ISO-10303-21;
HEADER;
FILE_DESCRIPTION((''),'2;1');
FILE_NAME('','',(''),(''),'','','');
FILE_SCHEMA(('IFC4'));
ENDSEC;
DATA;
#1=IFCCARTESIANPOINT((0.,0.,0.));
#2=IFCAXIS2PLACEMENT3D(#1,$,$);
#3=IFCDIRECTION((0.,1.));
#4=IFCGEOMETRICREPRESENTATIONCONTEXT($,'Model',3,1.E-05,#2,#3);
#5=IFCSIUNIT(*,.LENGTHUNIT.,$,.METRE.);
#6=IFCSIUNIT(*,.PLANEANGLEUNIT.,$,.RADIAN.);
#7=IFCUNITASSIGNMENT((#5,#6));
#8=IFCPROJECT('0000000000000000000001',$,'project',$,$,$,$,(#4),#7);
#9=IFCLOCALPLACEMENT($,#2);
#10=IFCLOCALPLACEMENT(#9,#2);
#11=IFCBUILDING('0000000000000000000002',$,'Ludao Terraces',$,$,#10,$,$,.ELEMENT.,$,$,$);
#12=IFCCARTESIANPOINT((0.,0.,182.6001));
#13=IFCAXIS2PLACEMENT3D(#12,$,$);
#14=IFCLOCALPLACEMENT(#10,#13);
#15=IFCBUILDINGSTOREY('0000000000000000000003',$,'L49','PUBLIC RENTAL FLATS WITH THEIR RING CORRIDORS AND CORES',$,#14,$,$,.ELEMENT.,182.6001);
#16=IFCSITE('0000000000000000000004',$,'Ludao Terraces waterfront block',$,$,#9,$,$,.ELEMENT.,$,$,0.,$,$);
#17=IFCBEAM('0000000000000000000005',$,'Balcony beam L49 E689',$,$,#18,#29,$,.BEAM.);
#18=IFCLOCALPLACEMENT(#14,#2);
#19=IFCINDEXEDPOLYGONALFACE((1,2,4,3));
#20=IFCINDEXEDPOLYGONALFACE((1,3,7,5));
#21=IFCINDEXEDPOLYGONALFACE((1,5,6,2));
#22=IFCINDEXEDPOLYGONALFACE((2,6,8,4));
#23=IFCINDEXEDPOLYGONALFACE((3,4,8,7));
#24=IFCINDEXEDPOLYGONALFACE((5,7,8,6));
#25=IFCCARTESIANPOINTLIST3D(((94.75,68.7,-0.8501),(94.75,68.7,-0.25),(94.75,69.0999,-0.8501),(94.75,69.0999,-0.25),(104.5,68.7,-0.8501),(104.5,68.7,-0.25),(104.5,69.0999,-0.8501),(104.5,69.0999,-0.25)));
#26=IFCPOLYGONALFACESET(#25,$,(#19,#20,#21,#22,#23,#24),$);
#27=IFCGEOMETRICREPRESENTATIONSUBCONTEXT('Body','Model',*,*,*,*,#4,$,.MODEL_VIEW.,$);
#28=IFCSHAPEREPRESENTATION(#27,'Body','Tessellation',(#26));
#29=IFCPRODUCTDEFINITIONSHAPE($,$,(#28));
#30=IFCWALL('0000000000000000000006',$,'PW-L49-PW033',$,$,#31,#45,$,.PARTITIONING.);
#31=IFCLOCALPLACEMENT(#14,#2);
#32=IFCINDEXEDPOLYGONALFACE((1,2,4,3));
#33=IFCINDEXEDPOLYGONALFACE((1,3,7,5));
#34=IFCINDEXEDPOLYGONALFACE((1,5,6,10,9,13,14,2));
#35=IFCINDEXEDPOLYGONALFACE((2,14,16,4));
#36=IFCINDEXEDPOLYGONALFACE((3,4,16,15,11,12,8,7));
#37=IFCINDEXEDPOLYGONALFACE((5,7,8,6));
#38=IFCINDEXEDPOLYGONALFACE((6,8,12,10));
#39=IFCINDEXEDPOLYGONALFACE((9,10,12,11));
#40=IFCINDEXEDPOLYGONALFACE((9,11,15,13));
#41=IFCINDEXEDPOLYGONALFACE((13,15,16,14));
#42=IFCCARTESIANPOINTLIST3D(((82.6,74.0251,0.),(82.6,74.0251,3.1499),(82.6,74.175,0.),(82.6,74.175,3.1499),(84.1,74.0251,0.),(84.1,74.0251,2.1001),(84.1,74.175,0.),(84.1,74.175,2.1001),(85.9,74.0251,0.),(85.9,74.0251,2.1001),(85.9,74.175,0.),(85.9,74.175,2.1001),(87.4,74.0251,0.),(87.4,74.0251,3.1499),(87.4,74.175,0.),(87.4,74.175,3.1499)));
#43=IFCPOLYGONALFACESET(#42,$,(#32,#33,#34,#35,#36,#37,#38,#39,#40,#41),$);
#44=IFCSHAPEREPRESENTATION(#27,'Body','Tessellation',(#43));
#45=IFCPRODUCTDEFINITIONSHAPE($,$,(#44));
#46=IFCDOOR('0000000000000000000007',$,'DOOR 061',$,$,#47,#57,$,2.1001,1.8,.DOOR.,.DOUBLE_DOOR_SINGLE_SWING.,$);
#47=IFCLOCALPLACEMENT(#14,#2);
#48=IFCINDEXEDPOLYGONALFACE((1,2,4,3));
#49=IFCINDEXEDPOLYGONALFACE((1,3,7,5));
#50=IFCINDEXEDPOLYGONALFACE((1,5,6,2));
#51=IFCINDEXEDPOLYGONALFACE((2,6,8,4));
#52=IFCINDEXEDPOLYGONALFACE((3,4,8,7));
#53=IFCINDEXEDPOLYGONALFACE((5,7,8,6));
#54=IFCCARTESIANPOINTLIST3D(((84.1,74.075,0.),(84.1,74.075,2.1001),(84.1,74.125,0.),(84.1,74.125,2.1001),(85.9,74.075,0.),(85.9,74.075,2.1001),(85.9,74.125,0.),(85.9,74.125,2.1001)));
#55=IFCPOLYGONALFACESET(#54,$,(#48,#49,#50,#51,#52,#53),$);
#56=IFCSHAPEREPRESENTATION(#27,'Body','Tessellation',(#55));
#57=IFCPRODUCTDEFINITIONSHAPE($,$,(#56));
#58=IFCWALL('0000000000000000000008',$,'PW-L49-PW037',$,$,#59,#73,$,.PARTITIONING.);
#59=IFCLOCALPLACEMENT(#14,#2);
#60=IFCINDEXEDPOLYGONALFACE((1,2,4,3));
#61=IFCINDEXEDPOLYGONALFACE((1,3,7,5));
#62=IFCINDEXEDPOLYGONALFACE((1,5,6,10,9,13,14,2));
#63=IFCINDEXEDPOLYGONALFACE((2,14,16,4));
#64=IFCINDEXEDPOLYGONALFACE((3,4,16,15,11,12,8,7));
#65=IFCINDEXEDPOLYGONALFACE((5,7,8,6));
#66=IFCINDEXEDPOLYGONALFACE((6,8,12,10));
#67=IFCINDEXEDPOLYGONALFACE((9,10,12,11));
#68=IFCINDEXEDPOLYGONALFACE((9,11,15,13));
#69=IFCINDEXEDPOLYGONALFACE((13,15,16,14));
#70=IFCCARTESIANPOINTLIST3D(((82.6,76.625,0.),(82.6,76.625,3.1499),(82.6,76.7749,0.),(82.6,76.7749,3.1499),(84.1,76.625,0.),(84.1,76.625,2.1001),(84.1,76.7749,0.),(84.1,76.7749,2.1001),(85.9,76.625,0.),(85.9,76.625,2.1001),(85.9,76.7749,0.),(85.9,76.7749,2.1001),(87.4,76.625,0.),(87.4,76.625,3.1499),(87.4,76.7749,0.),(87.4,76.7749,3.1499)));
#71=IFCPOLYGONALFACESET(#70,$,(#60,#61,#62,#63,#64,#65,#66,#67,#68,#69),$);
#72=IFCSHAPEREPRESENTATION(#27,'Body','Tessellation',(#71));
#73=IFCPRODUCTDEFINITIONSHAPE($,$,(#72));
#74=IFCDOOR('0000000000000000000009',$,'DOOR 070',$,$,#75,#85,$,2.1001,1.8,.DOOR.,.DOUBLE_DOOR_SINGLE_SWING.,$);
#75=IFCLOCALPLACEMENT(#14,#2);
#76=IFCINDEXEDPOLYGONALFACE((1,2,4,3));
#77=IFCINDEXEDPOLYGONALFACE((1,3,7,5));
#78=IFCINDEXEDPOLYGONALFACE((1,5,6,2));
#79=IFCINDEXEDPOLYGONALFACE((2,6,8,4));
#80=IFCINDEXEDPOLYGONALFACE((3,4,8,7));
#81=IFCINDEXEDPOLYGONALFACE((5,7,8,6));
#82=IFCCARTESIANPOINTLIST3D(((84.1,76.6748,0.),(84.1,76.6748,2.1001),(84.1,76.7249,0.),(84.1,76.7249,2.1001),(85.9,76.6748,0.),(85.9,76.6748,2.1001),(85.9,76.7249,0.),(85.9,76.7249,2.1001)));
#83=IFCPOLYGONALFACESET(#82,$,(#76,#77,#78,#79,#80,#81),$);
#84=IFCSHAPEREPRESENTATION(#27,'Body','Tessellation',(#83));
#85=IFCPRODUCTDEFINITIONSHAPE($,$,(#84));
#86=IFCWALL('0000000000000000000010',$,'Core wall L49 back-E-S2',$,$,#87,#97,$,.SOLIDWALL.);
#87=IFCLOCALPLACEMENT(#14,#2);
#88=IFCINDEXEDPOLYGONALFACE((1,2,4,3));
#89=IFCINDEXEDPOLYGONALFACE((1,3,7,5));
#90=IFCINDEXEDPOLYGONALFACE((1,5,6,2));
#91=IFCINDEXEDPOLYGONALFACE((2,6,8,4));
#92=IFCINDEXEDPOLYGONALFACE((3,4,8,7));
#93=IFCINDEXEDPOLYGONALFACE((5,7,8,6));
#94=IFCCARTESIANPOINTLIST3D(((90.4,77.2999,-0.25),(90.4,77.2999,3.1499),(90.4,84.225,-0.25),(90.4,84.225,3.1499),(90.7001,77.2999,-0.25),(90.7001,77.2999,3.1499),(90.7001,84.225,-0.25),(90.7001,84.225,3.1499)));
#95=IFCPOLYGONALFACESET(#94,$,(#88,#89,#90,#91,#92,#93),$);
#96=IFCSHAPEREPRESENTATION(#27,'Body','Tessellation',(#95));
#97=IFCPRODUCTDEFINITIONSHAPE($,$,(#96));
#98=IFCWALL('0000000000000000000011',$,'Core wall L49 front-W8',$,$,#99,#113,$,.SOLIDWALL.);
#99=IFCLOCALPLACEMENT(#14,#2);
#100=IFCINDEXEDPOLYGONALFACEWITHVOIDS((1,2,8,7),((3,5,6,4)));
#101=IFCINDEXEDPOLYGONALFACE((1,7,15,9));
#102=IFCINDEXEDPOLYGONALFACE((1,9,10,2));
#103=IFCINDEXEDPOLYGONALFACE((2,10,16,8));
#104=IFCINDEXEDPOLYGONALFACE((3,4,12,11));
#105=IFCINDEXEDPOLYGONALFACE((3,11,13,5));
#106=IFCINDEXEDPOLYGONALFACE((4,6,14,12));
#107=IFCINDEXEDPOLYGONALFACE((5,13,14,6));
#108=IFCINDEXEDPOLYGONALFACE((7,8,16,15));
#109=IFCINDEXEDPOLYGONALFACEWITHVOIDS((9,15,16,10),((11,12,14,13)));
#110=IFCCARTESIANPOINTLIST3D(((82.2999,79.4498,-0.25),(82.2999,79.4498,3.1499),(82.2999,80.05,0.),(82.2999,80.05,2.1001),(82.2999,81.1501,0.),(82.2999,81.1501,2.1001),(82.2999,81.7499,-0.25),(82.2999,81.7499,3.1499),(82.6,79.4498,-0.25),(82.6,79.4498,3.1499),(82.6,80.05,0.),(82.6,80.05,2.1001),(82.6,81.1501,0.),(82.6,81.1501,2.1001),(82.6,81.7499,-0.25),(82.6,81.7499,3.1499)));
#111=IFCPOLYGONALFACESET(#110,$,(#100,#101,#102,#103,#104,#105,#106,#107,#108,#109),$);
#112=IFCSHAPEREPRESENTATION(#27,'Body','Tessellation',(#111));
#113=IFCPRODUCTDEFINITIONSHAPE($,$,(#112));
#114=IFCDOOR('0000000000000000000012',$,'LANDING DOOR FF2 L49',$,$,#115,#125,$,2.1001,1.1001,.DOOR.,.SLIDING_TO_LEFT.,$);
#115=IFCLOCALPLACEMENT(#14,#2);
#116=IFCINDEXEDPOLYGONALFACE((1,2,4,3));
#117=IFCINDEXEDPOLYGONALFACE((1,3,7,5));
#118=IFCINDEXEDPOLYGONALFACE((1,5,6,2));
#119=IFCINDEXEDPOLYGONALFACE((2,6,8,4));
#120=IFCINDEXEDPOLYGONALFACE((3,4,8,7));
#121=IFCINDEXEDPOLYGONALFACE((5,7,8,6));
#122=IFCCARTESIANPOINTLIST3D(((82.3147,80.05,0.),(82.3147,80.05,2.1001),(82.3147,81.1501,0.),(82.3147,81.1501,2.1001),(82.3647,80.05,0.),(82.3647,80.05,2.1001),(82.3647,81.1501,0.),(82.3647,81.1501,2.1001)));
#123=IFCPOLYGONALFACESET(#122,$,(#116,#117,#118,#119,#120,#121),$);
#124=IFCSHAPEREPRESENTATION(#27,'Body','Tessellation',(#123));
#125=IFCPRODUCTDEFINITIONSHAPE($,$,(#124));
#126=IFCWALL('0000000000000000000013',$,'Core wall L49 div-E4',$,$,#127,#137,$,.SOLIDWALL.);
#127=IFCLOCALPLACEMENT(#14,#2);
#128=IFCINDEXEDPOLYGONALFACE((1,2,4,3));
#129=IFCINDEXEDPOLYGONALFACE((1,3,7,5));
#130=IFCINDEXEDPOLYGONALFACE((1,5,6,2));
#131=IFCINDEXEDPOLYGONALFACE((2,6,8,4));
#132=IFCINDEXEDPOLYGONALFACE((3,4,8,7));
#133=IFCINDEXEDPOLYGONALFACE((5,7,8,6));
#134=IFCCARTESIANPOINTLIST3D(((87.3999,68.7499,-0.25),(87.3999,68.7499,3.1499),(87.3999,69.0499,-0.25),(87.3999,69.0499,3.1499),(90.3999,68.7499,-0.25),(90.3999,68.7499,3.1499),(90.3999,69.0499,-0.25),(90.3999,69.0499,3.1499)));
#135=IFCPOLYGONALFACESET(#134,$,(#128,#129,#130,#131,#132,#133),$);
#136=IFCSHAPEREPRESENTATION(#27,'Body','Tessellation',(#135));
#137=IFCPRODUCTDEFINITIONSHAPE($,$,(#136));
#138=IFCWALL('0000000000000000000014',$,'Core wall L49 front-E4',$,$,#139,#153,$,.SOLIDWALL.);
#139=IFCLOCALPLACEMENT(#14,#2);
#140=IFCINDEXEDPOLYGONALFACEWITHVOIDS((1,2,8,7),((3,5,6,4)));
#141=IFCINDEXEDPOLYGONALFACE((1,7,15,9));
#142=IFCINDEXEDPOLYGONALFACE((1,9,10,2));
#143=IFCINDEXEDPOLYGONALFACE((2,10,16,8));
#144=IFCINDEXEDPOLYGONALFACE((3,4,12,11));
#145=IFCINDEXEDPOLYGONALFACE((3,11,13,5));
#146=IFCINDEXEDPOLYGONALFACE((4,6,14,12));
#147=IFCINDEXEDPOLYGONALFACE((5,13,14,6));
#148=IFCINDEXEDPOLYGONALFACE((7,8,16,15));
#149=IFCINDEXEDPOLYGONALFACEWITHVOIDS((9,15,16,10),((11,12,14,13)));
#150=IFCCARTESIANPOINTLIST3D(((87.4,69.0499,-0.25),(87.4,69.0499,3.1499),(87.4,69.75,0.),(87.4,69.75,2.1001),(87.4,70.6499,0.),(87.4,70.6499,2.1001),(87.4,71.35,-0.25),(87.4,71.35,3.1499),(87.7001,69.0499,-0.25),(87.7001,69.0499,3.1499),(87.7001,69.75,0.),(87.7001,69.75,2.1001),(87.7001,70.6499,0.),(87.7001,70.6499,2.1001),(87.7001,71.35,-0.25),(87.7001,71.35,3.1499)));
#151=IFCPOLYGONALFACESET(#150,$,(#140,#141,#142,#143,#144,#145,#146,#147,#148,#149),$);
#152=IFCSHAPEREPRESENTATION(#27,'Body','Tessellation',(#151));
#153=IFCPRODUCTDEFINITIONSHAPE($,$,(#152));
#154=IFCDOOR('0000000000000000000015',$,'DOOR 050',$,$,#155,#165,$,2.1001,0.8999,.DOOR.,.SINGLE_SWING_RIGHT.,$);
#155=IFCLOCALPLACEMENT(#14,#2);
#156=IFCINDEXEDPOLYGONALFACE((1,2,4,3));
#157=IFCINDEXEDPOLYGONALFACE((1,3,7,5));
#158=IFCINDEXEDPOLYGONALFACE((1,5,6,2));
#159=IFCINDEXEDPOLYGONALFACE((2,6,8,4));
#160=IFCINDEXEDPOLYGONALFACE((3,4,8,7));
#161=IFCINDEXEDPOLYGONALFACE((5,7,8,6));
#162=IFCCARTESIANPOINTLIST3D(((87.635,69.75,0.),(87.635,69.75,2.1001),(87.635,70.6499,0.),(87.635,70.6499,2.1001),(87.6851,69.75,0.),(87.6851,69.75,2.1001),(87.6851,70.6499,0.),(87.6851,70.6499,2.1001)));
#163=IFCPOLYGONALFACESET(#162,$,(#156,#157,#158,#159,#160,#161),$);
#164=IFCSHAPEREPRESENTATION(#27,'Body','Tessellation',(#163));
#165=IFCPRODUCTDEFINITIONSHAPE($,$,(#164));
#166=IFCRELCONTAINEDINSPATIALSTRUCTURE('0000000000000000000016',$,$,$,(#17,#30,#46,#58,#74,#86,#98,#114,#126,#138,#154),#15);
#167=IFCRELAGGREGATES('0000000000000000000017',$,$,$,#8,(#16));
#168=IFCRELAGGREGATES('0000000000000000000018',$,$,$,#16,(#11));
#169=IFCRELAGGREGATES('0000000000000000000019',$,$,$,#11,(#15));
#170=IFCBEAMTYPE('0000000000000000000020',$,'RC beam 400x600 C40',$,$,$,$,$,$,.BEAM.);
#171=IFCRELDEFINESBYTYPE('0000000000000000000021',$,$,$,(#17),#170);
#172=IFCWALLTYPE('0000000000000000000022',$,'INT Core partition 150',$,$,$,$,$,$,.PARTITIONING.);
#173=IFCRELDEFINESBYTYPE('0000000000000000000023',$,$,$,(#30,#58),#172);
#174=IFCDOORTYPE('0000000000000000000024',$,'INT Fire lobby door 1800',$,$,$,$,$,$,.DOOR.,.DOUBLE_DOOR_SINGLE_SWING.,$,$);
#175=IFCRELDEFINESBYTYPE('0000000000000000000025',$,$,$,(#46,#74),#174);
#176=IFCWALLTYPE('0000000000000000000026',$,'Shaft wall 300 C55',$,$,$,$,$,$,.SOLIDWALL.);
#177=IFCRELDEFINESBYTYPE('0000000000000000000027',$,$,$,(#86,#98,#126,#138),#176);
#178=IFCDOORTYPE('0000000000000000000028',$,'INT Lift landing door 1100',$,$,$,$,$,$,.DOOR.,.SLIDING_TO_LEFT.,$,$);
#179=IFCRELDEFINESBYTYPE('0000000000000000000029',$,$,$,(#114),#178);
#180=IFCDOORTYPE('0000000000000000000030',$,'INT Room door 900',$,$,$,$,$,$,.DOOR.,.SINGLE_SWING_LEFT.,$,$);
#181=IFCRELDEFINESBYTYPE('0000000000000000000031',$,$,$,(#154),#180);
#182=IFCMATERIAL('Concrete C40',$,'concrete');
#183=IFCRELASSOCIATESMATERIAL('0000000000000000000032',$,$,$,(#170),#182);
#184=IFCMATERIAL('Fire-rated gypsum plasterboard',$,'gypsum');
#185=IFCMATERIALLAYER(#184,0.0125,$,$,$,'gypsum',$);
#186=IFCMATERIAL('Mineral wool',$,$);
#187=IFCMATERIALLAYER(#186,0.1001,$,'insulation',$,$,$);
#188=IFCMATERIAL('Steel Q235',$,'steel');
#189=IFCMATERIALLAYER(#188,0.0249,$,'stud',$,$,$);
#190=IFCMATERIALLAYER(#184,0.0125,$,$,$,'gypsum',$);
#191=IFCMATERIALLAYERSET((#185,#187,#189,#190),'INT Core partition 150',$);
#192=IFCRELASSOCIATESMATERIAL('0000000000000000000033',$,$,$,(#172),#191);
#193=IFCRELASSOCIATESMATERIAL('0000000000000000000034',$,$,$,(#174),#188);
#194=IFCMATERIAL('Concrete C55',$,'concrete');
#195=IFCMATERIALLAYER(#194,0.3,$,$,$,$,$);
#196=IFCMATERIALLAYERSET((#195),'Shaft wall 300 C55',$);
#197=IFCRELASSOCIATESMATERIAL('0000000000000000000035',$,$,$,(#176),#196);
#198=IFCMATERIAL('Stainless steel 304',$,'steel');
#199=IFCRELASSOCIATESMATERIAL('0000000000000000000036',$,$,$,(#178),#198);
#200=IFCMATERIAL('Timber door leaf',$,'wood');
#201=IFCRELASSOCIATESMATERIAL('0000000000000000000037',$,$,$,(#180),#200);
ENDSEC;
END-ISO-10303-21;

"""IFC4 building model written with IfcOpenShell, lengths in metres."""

from ifc_helpers import new_model, si_unit, direction, frame, frame_2d, origin, origin_2d, place, context, subcontext, project, spatial, rectangle, extrude, material, layer, layer_set, material_profile, profile_set, type_object, element, fill, save


model = new_model("IFC4")

# Units and contexts
model_context = context("Model", 3, precision=1e-05, world=origin(), true_north=direction((0.0, 1.0)))
body_context = subcontext(model_context, "Body", "Model", "MODEL_VIEW")
ifc_project = project(units=[si_unit("LENGTHUNIT", "METRE"), si_unit("PLANEANGLEUNIT", "RADIAN")], contexts=[model_context])

# Site, building, storey
site_placement = place(None, origin())
site = spatial("IfcSite", under=ifc_project, at=site_placement, Name="Ludao Terraces waterfront block", CompositionType="ELEMENT", RefElevation=0.0)
building_placement = place(site_placement, origin())
building = spatial("IfcBuilding", under=site, at=building_placement, Name="Ludao Terraces", CompositionType="ELEMENT")
storey_placement = place(building_placement, frame((0.0, 0.0, 182.6001)))
storey = spatial("IfcBuildingStorey", under=building, at=storey_placement, Name="L49", Description="PUBLIC RENTAL FLATS WITH THEIR RING CORRIDORS AND CORES", CompositionType="ELEMENT", Elevation=182.6001)

# Beam
ifc_material_1 = material(Name="Concrete C40", Category="concrete")
ifc_material_profile = material_profile(ifc_material_1, rectangle(XDim=0.3999, YDim=0.6001, at=origin_2d()), Name="400 X 600")
ifc_profile_set = profile_set([ifc_material_profile], Name="Concrete C40")
beam_type = type_object("IfcBeamType", Name="RC beam 400x600 C40", PredefinedType="BEAM", material=ifc_profile_set)
beam_placement = place(storey_placement, frame((94.75, 68.8999, -0.55), z_axis=(1.0, 0.0, 0.0), x_axis=(0.0, 1.0, 0.0)))
element("IfcBeam", 1, at=beam_placement, inside=storey, type_object=beam_type, Name="Balcony beam L49 E689", PredefinedType="BEAM", context=body_context, shape_type="SweptSolid", body=[
    extrude(rectangle(XDim=0.3999, YDim=0.6001, at=origin_2d()), origin(), (0.0, 0.0, 1.0), 9.75),
])

# Walls, openings, doors
ifc_material_2 = material(Name="Fire-rated gypsum plasterboard", Category="gypsum")
ifc_layer_1 = layer(ifc_material_2, 0.0125, Category="gypsum")
ifc_material_3 = material(Name="Mineral wool")
ifc_layer_2 = layer(ifc_material_3, 0.1001, Name="insulation")
ifc_material_4 = material(Name="Steel Q235", Category="steel")
ifc_layer_3 = layer(ifc_material_4, 0.0249, Name="stud")
ifc_layer_4 = layer(ifc_material_2, 0.0125, Category="gypsum")
ifc_layer_set_1 = layer_set([ifc_layer_1, ifc_layer_2, ifc_layer_3, ifc_layer_4], Name="INT Core partition 150")
wall_type_1 = type_object("IfcWallType", Name="INT Core partition 150", PredefinedType="PARTITIONING", material=ifc_layer_set_1)
wall_1_placement = place(storey_placement, frame((82.6001, 74.1001, 0.0), z_axis=(0.0, 0.0, 1.0), x_axis=(1.0, 0.0, 0.0)))
wall_1 = element("IfcWall", 2, at=wall_1_placement, inside=storey, type_object=wall_type_1, Name="PW-L49-PW033", PredefinedType="PARTITIONING", context=body_context, shape_type="SweptSolid", body=[
    extrude(rectangle(XDim=4.8, YDim=0.1499, at=frame_2d((2.3999, 0.0))), origin(), (0.0, 0.0, 1.0), 3.1499),
])
opening_1_placement = place(wall_1_placement, frame((1.5, 0.0, 0.0)))
opening_1 = element("IfcOpeningElement", 3, at=opening_1_placement, cuts=wall_1, PredefinedType="OPENING", context=body_context, shape_type="SweptSolid", body=[
    extrude(rectangle(XDim=1.8, YDim=2.1001, at=frame_2d((0.8999, 1.05))), frame((0.0, 0.085, 0.0), z_axis=(0.0, -1.0, 0.0), x_axis=(1.0, 0.0, 0.0)), (0.0, 0.0, 1.0), 0.1699),
])
door_type_1 = type_object("IfcDoorType", Name="INT Fire lobby door 1800", OperationType="DOUBLE_DOOR_SINGLE_SWING", PredefinedType="DOOR", material=ifc_material_4)
door_1_placement = place(opening_1_placement, origin())
door_1 = element("IfcDoor", 4, at=door_1_placement, inside=storey, type_object=door_type_1, Name="DOOR 061", OperationType="DOUBLE_DOOR_SINGLE_SWING", OverallHeight=2.1001, OverallWidth=1.8, PredefinedType="DOOR", context=body_context, shape_type="SweptSolid", body=[
    extrude(rectangle(XDim=1.8, YDim=2.1001, at=frame_2d((0.8999, 1.05))), frame((0.0, 0.0249, 0.0), z_axis=(0.0, -1.0, 0.0), x_axis=(1.0, 0.0, 0.0)), (0.0, 0.0, 1.0), 0.05),
])
fill(opening_1, door_1)
wall_2_placement = place(storey_placement, frame((82.6001, 76.7, 0.0), z_axis=(0.0, 0.0, 1.0), x_axis=(1.0, 0.0, 0.0)))
wall_2 = element("IfcWall", 5, at=wall_2_placement, inside=storey, type_object=wall_type_1, Name="PW-L49-PW037", PredefinedType="PARTITIONING", context=body_context, shape_type="SweptSolid", body=[
    extrude(rectangle(XDim=4.8, YDim=0.1499, at=frame_2d((2.3999, 0.0))), origin(), (0.0, 0.0, 1.0), 3.1499),
])
opening_2_placement = place(wall_2_placement, frame((1.5, 0.0, 0.0)))
opening_2 = element("IfcOpeningElement", 6, at=opening_2_placement, cuts=wall_2, PredefinedType="OPENING", context=body_context, shape_type="SweptSolid", body=[
    extrude(rectangle(XDim=1.8, YDim=2.1001, at=frame_2d((0.8999, 1.05))), frame((0.0, 0.085, 0.0), z_axis=(0.0, -1.0, 0.0), x_axis=(1.0, 0.0, 0.0)), (0.0, 0.0, 1.0), 0.1699),
])
door_2_placement = place(opening_2_placement, origin())
door_2 = element("IfcDoor", 7, at=door_2_placement, inside=storey, type_object=door_type_1, Name="DOOR 070", OperationType="DOUBLE_DOOR_SINGLE_SWING", OverallHeight=2.1001, OverallWidth=1.8, PredefinedType="DOOR", context=body_context, shape_type="SweptSolid", body=[
    extrude(rectangle(XDim=1.8, YDim=2.1001, at=frame_2d((0.8999, 1.05))), frame((0.0, 0.0249, 0.0), z_axis=(0.0, -1.0, 0.0), x_axis=(1.0, 0.0, 0.0)), (0.0, 0.0, 1.0), 0.05),
])
fill(opening_2, door_2)

# Wall
ifc_material_5 = material(Name="Concrete C55", Category="concrete")
ifc_layer_5 = layer(ifc_material_5, 0.3)
ifc_layer_set_2 = layer_set([ifc_layer_5], Name="Shaft wall 300 C55")
wall_type_2 = type_object("IfcWallType", Name="Shaft wall 300 C55", PredefinedType="SOLIDWALL", material=ifc_layer_set_2)
wall_3_placement = place(storey_placement, frame((90.55, 77.3, -0.25), z_axis=(0.0, 0.0, 1.0), x_axis=(0.0, 1.0, 0.0)))
element("IfcWall", 8, at=wall_3_placement, inside=storey, type_object=wall_type_2, Name="Core wall L49 back-E-S2", PredefinedType="SOLIDWALL", context=body_context, shape_type="SweptSolid", body=[
    extrude(rectangle(XDim=6.925, YDim=0.3, at=frame_2d((3.4624, 0.0))), origin(), (0.0, 0.0, 1.0), 3.3999),
])

# Wall, opening, door
wall_4_placement = place(storey_placement, frame((82.45, 79.45, -0.25), z_axis=(0.0, 0.0, 1.0), x_axis=(0.0, 1.0, 0.0)))
wall_4 = element("IfcWall", 9, at=wall_4_placement, inside=storey, type_object=wall_type_2, Name="Core wall L49 front-W8", PredefinedType="SOLIDWALL", context=body_context, shape_type="SweptSolid", body=[
    extrude(rectangle(XDim=2.3, YDim=0.3, at=frame_2d((1.1499, 0.0))), origin(), (0.0, 0.0, 1.0), 3.3999),
])
opening_3_placement = place(wall_4_placement, frame((0.6001, 0.0, 0.25)))
opening_3 = element("IfcOpeningElement", 10, at=opening_3_placement, cuts=wall_4, PredefinedType="OPENING", context=body_context, shape_type="SweptSolid", body=[
    extrude(rectangle(XDim=1.1001, YDim=2.1001, at=frame_2d((0.55, 1.05))), frame((0.0, 0.1602, 0.0), z_axis=(0.0, -1.0, 0.0), x_axis=(1.0, 0.0, 0.0)), (0.0, 0.0, 1.0), 0.3201),
])
ifc_material_6 = material(Name="Stainless steel 304", Category="steel")
door_type_2 = type_object("IfcDoorType", Name="INT Lift landing door 1100", OperationType="SLIDING_TO_LEFT", PredefinedType="DOOR", material=ifc_material_6)
door_3_placement = place(opening_3_placement, origin())
door_3 = element("IfcDoor", 11, at=door_3_placement, inside=storey, type_object=door_type_2, Name="LANDING DOOR FF2 L49", OperationType="SLIDING_TO_LEFT", OverallHeight=2.1001, OverallWidth=1.1001, PredefinedType="DOOR", context=body_context, shape_type="SweptSolid", body=[
    extrude(rectangle(XDim=1.1001, YDim=2.1001, at=frame_2d((0.55, 1.05))), frame((0.0, 0.1353, 0.0), z_axis=(0.0, -1.0, 0.0), x_axis=(1.0, 0.0, 0.0)), (0.0, 0.0, 1.0), 0.05),
])
fill(opening_3, door_3)

# Wall
wall_5_placement = place(storey_placement, frame((87.3999, 68.8999, -0.25), z_axis=(0.0, 0.0, 1.0), x_axis=(1.0, 0.0, 0.0)))
element("IfcWall", 12, at=wall_5_placement, inside=storey, type_object=wall_type_2, Name="Core wall L49 div-E4", PredefinedType="SOLIDWALL", context=body_context, shape_type="SweptSolid", body=[
    extrude(rectangle(XDim=3.0, YDim=0.3, at=frame_2d((1.5, 0.0))), origin(), (0.0, 0.0, 1.0), 3.3999),
])

# Wall, opening, door
wall_6_placement = place(storey_placement, frame((87.55, 69.05, -0.25), z_axis=(0.0, 0.0, 1.0), x_axis=(0.0, 1.0, 0.0)))
wall_6 = element("IfcWall", 13, at=wall_6_placement, inside=storey, type_object=wall_type_2, Name="Core wall L49 front-E4", PredefinedType="SOLIDWALL", context=body_context, shape_type="SweptSolid", body=[
    extrude(rectangle(XDim=2.3, YDim=0.3, at=frame_2d((1.1499, 0.0))), origin(), (0.0, 0.0, 1.0), 3.3999),
])
opening_4_placement = place(wall_6_placement, frame((0.7, 0.0, 0.25)))
opening_4 = element("IfcOpeningElement", 14, at=opening_4_placement, cuts=wall_6, PredefinedType="OPENING", context=body_context, shape_type="SweptSolid", body=[
    extrude(rectangle(XDim=0.8999, YDim=2.1001, at=frame_2d((0.45, 1.05))), frame((0.0, 0.1602, 0.0), z_axis=(0.0, -1.0, 0.0), x_axis=(1.0, 0.0, 0.0)), (0.0, 0.0, 1.0), 0.3201),
])
ifc_material_7 = material(Name="Timber door leaf", Category="wood")
door_type_3 = type_object("IfcDoorType", Name="INT Room door 900", OperationType="SINGLE_SWING_LEFT", PredefinedType="DOOR", material=ifc_material_7)
door_4_placement = place(opening_4_placement, origin())
door_4 = element("IfcDoor", 15, at=door_4_placement, inside=storey, type_object=door_type_3, Name="DOOR 050", OperationType="SINGLE_SWING_RIGHT", OverallHeight=2.1001, OverallWidth=0.8999, PredefinedType="DOOR", context=body_context, shape_type="SweptSolid", body=[
    extrude(rectangle(XDim=0.8999, YDim=2.1001, at=frame_2d((0.45, 1.05))), frame((0.0, -0.085, 0.0), z_axis=(0.0, -1.0, 0.0), x_axis=(1.0, 0.0, 0.0)), (0.0, 0.0, 1.0), 0.05),
])
fill(opening_4, door_4)

save(model, "model.ifc")
